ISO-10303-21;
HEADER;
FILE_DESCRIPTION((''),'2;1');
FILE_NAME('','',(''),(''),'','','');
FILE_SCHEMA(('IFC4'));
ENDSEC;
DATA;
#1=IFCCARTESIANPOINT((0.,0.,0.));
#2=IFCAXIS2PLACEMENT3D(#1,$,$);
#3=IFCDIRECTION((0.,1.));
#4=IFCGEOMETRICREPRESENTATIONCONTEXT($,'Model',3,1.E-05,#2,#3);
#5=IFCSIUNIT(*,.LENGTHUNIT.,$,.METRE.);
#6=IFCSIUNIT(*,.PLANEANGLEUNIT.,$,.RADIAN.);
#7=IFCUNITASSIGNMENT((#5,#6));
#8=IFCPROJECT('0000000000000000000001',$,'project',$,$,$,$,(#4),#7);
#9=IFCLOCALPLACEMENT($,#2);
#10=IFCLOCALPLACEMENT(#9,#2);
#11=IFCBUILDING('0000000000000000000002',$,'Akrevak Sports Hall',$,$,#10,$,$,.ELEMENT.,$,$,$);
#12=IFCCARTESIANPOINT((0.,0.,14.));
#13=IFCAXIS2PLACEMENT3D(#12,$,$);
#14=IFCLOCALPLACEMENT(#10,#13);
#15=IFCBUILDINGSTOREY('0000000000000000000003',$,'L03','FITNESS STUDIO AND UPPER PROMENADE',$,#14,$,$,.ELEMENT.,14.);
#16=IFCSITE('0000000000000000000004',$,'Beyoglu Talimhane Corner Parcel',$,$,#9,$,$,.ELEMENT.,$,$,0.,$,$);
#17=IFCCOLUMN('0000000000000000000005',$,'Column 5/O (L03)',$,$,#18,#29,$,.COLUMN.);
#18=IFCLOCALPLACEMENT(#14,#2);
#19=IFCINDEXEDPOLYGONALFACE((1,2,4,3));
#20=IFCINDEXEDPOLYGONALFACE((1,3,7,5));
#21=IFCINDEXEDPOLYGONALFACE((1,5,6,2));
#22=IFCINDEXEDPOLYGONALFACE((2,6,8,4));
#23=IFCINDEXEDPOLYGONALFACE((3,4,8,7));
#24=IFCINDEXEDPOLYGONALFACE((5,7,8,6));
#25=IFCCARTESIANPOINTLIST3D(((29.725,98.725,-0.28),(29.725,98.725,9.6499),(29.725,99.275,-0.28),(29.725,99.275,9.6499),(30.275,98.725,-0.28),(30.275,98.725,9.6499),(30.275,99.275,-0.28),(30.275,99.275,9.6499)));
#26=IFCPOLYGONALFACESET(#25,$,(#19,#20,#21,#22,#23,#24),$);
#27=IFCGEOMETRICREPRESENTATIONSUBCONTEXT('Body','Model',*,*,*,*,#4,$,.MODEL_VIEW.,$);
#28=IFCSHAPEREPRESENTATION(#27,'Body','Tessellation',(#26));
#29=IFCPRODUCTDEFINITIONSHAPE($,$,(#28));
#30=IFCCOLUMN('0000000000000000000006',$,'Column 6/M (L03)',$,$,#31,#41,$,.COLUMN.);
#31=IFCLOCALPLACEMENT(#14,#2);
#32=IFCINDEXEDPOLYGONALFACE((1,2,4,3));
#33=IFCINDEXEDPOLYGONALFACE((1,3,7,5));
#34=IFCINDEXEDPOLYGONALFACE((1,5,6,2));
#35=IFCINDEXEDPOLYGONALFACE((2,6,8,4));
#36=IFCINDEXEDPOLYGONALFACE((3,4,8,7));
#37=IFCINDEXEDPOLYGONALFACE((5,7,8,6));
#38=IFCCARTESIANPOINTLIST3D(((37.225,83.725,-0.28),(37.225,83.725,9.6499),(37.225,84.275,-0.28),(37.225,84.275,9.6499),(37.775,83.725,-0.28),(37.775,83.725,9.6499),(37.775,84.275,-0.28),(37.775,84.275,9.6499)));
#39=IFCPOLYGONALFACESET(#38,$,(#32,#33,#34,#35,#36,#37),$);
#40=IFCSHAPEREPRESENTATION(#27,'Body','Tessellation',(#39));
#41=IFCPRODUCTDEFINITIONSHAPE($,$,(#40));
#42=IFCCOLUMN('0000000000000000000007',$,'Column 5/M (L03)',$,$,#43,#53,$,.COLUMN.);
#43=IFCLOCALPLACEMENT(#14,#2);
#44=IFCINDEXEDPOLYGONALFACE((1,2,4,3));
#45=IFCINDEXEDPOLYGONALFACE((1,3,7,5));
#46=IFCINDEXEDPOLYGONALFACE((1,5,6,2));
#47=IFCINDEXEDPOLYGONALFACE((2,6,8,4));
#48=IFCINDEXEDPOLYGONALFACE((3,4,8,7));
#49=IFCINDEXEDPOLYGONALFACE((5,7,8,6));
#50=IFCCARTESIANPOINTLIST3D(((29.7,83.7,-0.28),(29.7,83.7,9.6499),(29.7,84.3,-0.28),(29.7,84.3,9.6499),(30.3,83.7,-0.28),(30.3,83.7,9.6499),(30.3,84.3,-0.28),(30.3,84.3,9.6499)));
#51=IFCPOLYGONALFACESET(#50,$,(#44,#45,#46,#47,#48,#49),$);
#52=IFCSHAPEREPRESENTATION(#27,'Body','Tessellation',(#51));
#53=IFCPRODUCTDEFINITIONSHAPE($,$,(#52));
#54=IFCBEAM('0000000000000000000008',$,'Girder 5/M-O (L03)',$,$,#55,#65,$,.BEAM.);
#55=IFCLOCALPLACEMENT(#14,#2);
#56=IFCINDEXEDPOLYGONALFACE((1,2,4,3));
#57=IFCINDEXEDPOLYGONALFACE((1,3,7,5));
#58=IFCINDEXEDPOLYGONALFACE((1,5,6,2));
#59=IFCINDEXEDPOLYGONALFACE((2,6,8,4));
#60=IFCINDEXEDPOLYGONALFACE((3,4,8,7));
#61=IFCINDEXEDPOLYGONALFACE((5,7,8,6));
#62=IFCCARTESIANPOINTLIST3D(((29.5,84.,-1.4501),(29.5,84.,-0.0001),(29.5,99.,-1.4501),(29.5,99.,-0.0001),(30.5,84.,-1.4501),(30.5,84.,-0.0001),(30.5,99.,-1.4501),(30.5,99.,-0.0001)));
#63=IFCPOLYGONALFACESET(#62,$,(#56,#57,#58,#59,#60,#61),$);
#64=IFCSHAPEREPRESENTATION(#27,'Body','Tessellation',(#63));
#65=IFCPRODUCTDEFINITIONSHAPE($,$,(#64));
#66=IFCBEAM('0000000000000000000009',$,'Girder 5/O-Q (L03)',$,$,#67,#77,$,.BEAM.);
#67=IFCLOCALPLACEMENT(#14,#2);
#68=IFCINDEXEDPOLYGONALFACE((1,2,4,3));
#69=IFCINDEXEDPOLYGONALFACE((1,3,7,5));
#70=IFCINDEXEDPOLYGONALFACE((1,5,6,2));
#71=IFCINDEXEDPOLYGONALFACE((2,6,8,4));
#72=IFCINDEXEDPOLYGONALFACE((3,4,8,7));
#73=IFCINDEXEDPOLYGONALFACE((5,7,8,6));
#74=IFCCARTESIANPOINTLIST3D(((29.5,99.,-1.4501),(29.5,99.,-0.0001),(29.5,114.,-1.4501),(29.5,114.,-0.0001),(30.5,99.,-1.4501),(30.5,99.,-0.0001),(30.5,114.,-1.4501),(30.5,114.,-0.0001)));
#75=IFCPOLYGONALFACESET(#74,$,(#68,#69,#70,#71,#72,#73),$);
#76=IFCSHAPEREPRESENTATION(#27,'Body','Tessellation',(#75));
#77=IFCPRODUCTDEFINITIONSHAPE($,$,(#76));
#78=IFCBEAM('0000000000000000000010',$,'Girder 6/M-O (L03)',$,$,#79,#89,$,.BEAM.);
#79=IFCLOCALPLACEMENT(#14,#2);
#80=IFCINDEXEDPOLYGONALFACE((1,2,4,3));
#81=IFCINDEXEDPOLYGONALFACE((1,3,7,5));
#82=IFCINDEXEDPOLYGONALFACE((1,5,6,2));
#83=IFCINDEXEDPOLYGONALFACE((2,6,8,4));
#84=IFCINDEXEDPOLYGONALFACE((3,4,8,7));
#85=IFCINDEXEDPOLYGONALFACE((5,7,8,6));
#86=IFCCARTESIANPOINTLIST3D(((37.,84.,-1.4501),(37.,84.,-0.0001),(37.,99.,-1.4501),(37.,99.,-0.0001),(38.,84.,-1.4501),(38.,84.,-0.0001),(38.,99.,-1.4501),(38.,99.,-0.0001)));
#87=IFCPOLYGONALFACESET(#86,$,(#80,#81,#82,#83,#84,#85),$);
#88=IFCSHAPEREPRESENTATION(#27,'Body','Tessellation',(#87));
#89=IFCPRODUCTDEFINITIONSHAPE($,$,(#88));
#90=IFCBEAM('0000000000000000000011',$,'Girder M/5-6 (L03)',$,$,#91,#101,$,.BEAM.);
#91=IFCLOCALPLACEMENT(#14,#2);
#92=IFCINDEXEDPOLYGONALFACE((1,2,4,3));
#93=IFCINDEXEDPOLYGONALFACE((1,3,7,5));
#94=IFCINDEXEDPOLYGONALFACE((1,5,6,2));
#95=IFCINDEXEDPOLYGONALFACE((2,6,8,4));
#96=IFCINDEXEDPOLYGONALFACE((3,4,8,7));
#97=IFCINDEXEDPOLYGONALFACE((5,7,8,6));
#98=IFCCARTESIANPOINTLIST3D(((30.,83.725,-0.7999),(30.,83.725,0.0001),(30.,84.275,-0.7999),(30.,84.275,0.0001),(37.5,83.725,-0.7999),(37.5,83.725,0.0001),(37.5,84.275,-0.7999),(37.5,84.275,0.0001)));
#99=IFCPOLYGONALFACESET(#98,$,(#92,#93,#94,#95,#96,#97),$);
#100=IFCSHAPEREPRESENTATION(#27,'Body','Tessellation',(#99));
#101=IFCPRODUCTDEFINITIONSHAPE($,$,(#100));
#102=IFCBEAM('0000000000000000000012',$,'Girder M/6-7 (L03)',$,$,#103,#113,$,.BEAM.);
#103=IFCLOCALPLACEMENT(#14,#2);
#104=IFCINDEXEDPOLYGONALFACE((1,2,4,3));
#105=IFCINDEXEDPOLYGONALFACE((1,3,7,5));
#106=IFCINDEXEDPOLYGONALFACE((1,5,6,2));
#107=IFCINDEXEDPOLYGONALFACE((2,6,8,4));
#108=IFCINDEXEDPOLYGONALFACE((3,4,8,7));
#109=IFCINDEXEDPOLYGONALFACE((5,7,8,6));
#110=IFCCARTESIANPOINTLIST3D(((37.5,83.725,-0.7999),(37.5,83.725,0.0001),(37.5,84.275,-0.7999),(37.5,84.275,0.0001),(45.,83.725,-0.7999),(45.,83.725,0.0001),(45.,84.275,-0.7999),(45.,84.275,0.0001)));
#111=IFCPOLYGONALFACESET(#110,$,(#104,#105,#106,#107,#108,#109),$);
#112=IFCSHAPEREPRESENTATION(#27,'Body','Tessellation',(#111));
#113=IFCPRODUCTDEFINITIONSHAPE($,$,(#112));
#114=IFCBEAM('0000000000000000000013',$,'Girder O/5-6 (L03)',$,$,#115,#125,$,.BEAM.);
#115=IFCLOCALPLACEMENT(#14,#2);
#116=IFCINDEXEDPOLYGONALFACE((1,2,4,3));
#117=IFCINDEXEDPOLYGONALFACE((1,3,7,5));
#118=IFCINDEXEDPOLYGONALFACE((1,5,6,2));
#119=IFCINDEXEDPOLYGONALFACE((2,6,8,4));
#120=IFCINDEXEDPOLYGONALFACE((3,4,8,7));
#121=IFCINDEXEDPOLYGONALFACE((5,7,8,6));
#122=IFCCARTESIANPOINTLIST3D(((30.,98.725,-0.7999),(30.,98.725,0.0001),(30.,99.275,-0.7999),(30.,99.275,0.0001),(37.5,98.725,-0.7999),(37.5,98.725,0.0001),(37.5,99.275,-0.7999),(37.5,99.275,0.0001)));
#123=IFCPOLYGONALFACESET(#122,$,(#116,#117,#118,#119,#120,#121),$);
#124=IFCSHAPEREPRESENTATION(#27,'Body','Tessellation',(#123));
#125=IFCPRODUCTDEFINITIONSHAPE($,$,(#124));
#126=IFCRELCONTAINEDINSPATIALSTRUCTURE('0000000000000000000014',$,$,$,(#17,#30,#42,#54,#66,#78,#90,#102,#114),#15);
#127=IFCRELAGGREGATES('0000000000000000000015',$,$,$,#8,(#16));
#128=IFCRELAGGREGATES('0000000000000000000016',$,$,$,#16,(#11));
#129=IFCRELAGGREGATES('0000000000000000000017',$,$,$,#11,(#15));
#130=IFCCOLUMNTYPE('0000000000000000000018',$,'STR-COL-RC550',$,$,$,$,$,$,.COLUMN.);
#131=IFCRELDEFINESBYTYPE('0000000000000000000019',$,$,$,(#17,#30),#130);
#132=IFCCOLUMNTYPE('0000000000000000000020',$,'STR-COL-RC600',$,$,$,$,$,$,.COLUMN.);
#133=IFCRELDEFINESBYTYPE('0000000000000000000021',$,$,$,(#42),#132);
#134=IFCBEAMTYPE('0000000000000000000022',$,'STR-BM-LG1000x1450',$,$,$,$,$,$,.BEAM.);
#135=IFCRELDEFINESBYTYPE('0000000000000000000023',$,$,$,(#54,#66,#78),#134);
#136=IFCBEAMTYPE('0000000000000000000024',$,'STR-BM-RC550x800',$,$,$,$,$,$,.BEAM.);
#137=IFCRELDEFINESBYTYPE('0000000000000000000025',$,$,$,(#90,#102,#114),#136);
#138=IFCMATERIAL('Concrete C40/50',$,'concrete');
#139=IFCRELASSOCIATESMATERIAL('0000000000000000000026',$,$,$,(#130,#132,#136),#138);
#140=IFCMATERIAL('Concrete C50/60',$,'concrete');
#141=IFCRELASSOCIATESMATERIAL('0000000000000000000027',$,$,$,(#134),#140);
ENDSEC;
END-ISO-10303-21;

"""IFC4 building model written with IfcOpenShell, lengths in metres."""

from ifc_helpers import new_model, si_unit, direction, frame, origin, origin_2d, place, context, subcontext, project, spatial, rectangle, extrude, material, material_profile, profile_set, type_object, element, save


model = new_model("IFC4")

# Units and contexts
model_context = context("Model", 3, precision=1e-05, world=origin(), true_north=direction((0.0, 1.0)))
body_context = subcontext(model_context, "Body", "Model", "MODEL_VIEW")
ifc_project = project(units=[si_unit("LENGTHUNIT", "METRE"), si_unit("PLANEANGLEUNIT", "RADIAN")], contexts=[model_context])

# Site, building, storey
site_placement = place(None, origin())
site = spatial("IfcSite", under=ifc_project, at=site_placement, Name="Beyoglu Talimhane Corner Parcel", CompositionType="ELEMENT", RefElevation=0.0)
building_placement = place(site_placement, origin())
building = spatial("IfcBuilding", under=site, at=building_placement, Name="Akrevak Sports Hall", CompositionType="ELEMENT")
storey_placement = place(building_placement, frame((0.0, 0.0, 14.0)))
storey = spatial("IfcBuildingStorey", under=building, at=storey_placement, Name="L03", Description="FITNESS STUDIO AND UPPER PROMENADE", CompositionType="ELEMENT", Elevation=14.0)

# Columns
ifc_material_1 = material(Name="Concrete C40/50", Category="concrete")
ifc_material_profile_1 = material_profile(ifc_material_1, rectangle(XDim=0.55, YDim=0.55, at=origin_2d()), Name="RC 550x550", Category="concrete")
ifc_profile_set_1 = profile_set([ifc_material_profile_1], Name="Concrete C40/50")
column_type_1 = type_object("IfcColumnType", Name="STR-COL-RC550", PredefinedType="COLUMN", material=ifc_profile_set_1)
for number, where, z_axis, x_axis, name in (
    (1, (30.0, 99.0, -0.28), (0.0, 0.0, 1.0), (1.0, 0.0, 0.0), "Column 5/O (L03)"),
    (2, (37.5, 84.0, -0.28), (0.0, 0.0, 1.0), (1.0, 0.0, 0.0), "Column 6/M (L03)"),
):
    element("IfcColumn", number, at=place(storey_placement, frame(where, z_axis=z_axis, x_axis=x_axis)), inside=storey, type_object=column_type_1, Name=name, PredefinedType="COLUMN", context=body_context, shape_type="SweptSolid", body=[
        extrude(rectangle(XDim=0.55, YDim=0.55, at=origin_2d()), origin(), (0.0, 0.0, 1.0), 9.9299),
    ])
ifc_material_profile_2 = material_profile(ifc_material_1, rectangle(XDim=0.6001, YDim=0.6001, at=origin_2d()), Name="RC 600x600", Category="concrete")
ifc_profile_set_2 = profile_set([ifc_material_profile_2], Name="Concrete C40/50")
column_type_2 = type_object("IfcColumnType", Name="STR-COL-RC600", PredefinedType="COLUMN", material=ifc_profile_set_2)
column_placement = place(storey_placement, frame((30.0, 84.0, -0.28), z_axis=(0.0, 0.0, 1.0), x_axis=(1.0, 0.0, 0.0)))
element("IfcColumn", 3, at=column_placement, inside=storey, type_object=column_type_2, Name="Column 5/M (L03)", PredefinedType="COLUMN", context=body_context, shape_type="SweptSolid", body=[
    extrude(rectangle(XDim=0.6001, YDim=0.6001, at=origin_2d()), origin(), (0.0, 0.0, 1.0), 9.9299),
])

# Beams
ifc_material_2 = material(Name="Concrete C50/60", Category="concrete")
ifc_material_profile_3 = material_profile(ifc_material_2, rectangle(XDim=1.0, YDim=1.45, at=origin_2d()), Name="BM 1000x1450", Category="concrete")
ifc_profile_set_3 = profile_set([ifc_material_profile_3], Name="Concrete C50/60")
beam_type_1 = type_object("IfcBeamType", Name="STR-BM-LG1000x1450", PredefinedType="BEAM", material=ifc_profile_set_3)
for number, where, z_axis, x_axis, name in (
    (4, (30.0, 84.0, -0.7251), (0.0, 1.0, 0.0), (-1.0, 0.0, 0.0), "Girder 5/M-O (L03)"),
    (5, (30.0, 99.0, -0.7251), (0.0, 1.0, 0.0), (-1.0, 0.0, 0.0), "Girder 5/O-Q (L03)"),
    (6, (37.5, 84.0, -0.7251), (0.0, 1.0, 0.0), (-1.0, 0.0, 0.0), "Girder 6/M-O (L03)"),
):
    element("IfcBeam", number, at=place(storey_placement, frame(where, z_axis=z_axis, x_axis=x_axis)), inside=storey, type_object=beam_type_1, Name=name, PredefinedType="BEAM", context=body_context, shape_type="SweptSolid", body=[
        extrude(rectangle(XDim=1.0, YDim=1.45, at=origin_2d()), origin(), (0.0, 0.0, 1.0), 15.0),
    ])
ifc_material_profile_4 = material_profile(ifc_material_1, rectangle(XDim=0.55, YDim=0.8, at=origin_2d()), Name="BM 550x800", Category="concrete")
ifc_profile_set_4 = profile_set([ifc_material_profile_4], Name="Concrete C40/50")
beam_type_2 = type_object("IfcBeamType", Name="STR-BM-RC550x800", PredefinedType="BEAM", material=ifc_profile_set_4)
for number, where, z_axis, x_axis, name in (
    (7, (30.0, 84.0, -0.3999), (1.0, 0.0, 0.0), (0.0, 1.0, 0.0), "Girder M/5-6 (L03)"),
    (8, (37.5, 84.0, -0.3999), (1.0, 0.0, 0.0), (0.0, 1.0, 0.0), "Girder M/6-7 (L03)"),
    (9, (30.0, 99.0, -0.3999), (1.0, 0.0, 0.0), (0.0, 1.0, 0.0), "Girder O/5-6 (L03)"),
):
    element("IfcBeam", number, at=place(storey_placement, frame(where, z_axis=z_axis, x_axis=x_axis)), inside=storey, type_object=beam_type_2, Name=name, PredefinedType="BEAM", context=body_context, shape_type="SweptSolid", body=[
        extrude(rectangle(XDim=0.55, YDim=0.8, at=origin_2d()), origin(), (0.0, 0.0, 1.0), 7.5),
    ])

save(model, "model.ifc")
